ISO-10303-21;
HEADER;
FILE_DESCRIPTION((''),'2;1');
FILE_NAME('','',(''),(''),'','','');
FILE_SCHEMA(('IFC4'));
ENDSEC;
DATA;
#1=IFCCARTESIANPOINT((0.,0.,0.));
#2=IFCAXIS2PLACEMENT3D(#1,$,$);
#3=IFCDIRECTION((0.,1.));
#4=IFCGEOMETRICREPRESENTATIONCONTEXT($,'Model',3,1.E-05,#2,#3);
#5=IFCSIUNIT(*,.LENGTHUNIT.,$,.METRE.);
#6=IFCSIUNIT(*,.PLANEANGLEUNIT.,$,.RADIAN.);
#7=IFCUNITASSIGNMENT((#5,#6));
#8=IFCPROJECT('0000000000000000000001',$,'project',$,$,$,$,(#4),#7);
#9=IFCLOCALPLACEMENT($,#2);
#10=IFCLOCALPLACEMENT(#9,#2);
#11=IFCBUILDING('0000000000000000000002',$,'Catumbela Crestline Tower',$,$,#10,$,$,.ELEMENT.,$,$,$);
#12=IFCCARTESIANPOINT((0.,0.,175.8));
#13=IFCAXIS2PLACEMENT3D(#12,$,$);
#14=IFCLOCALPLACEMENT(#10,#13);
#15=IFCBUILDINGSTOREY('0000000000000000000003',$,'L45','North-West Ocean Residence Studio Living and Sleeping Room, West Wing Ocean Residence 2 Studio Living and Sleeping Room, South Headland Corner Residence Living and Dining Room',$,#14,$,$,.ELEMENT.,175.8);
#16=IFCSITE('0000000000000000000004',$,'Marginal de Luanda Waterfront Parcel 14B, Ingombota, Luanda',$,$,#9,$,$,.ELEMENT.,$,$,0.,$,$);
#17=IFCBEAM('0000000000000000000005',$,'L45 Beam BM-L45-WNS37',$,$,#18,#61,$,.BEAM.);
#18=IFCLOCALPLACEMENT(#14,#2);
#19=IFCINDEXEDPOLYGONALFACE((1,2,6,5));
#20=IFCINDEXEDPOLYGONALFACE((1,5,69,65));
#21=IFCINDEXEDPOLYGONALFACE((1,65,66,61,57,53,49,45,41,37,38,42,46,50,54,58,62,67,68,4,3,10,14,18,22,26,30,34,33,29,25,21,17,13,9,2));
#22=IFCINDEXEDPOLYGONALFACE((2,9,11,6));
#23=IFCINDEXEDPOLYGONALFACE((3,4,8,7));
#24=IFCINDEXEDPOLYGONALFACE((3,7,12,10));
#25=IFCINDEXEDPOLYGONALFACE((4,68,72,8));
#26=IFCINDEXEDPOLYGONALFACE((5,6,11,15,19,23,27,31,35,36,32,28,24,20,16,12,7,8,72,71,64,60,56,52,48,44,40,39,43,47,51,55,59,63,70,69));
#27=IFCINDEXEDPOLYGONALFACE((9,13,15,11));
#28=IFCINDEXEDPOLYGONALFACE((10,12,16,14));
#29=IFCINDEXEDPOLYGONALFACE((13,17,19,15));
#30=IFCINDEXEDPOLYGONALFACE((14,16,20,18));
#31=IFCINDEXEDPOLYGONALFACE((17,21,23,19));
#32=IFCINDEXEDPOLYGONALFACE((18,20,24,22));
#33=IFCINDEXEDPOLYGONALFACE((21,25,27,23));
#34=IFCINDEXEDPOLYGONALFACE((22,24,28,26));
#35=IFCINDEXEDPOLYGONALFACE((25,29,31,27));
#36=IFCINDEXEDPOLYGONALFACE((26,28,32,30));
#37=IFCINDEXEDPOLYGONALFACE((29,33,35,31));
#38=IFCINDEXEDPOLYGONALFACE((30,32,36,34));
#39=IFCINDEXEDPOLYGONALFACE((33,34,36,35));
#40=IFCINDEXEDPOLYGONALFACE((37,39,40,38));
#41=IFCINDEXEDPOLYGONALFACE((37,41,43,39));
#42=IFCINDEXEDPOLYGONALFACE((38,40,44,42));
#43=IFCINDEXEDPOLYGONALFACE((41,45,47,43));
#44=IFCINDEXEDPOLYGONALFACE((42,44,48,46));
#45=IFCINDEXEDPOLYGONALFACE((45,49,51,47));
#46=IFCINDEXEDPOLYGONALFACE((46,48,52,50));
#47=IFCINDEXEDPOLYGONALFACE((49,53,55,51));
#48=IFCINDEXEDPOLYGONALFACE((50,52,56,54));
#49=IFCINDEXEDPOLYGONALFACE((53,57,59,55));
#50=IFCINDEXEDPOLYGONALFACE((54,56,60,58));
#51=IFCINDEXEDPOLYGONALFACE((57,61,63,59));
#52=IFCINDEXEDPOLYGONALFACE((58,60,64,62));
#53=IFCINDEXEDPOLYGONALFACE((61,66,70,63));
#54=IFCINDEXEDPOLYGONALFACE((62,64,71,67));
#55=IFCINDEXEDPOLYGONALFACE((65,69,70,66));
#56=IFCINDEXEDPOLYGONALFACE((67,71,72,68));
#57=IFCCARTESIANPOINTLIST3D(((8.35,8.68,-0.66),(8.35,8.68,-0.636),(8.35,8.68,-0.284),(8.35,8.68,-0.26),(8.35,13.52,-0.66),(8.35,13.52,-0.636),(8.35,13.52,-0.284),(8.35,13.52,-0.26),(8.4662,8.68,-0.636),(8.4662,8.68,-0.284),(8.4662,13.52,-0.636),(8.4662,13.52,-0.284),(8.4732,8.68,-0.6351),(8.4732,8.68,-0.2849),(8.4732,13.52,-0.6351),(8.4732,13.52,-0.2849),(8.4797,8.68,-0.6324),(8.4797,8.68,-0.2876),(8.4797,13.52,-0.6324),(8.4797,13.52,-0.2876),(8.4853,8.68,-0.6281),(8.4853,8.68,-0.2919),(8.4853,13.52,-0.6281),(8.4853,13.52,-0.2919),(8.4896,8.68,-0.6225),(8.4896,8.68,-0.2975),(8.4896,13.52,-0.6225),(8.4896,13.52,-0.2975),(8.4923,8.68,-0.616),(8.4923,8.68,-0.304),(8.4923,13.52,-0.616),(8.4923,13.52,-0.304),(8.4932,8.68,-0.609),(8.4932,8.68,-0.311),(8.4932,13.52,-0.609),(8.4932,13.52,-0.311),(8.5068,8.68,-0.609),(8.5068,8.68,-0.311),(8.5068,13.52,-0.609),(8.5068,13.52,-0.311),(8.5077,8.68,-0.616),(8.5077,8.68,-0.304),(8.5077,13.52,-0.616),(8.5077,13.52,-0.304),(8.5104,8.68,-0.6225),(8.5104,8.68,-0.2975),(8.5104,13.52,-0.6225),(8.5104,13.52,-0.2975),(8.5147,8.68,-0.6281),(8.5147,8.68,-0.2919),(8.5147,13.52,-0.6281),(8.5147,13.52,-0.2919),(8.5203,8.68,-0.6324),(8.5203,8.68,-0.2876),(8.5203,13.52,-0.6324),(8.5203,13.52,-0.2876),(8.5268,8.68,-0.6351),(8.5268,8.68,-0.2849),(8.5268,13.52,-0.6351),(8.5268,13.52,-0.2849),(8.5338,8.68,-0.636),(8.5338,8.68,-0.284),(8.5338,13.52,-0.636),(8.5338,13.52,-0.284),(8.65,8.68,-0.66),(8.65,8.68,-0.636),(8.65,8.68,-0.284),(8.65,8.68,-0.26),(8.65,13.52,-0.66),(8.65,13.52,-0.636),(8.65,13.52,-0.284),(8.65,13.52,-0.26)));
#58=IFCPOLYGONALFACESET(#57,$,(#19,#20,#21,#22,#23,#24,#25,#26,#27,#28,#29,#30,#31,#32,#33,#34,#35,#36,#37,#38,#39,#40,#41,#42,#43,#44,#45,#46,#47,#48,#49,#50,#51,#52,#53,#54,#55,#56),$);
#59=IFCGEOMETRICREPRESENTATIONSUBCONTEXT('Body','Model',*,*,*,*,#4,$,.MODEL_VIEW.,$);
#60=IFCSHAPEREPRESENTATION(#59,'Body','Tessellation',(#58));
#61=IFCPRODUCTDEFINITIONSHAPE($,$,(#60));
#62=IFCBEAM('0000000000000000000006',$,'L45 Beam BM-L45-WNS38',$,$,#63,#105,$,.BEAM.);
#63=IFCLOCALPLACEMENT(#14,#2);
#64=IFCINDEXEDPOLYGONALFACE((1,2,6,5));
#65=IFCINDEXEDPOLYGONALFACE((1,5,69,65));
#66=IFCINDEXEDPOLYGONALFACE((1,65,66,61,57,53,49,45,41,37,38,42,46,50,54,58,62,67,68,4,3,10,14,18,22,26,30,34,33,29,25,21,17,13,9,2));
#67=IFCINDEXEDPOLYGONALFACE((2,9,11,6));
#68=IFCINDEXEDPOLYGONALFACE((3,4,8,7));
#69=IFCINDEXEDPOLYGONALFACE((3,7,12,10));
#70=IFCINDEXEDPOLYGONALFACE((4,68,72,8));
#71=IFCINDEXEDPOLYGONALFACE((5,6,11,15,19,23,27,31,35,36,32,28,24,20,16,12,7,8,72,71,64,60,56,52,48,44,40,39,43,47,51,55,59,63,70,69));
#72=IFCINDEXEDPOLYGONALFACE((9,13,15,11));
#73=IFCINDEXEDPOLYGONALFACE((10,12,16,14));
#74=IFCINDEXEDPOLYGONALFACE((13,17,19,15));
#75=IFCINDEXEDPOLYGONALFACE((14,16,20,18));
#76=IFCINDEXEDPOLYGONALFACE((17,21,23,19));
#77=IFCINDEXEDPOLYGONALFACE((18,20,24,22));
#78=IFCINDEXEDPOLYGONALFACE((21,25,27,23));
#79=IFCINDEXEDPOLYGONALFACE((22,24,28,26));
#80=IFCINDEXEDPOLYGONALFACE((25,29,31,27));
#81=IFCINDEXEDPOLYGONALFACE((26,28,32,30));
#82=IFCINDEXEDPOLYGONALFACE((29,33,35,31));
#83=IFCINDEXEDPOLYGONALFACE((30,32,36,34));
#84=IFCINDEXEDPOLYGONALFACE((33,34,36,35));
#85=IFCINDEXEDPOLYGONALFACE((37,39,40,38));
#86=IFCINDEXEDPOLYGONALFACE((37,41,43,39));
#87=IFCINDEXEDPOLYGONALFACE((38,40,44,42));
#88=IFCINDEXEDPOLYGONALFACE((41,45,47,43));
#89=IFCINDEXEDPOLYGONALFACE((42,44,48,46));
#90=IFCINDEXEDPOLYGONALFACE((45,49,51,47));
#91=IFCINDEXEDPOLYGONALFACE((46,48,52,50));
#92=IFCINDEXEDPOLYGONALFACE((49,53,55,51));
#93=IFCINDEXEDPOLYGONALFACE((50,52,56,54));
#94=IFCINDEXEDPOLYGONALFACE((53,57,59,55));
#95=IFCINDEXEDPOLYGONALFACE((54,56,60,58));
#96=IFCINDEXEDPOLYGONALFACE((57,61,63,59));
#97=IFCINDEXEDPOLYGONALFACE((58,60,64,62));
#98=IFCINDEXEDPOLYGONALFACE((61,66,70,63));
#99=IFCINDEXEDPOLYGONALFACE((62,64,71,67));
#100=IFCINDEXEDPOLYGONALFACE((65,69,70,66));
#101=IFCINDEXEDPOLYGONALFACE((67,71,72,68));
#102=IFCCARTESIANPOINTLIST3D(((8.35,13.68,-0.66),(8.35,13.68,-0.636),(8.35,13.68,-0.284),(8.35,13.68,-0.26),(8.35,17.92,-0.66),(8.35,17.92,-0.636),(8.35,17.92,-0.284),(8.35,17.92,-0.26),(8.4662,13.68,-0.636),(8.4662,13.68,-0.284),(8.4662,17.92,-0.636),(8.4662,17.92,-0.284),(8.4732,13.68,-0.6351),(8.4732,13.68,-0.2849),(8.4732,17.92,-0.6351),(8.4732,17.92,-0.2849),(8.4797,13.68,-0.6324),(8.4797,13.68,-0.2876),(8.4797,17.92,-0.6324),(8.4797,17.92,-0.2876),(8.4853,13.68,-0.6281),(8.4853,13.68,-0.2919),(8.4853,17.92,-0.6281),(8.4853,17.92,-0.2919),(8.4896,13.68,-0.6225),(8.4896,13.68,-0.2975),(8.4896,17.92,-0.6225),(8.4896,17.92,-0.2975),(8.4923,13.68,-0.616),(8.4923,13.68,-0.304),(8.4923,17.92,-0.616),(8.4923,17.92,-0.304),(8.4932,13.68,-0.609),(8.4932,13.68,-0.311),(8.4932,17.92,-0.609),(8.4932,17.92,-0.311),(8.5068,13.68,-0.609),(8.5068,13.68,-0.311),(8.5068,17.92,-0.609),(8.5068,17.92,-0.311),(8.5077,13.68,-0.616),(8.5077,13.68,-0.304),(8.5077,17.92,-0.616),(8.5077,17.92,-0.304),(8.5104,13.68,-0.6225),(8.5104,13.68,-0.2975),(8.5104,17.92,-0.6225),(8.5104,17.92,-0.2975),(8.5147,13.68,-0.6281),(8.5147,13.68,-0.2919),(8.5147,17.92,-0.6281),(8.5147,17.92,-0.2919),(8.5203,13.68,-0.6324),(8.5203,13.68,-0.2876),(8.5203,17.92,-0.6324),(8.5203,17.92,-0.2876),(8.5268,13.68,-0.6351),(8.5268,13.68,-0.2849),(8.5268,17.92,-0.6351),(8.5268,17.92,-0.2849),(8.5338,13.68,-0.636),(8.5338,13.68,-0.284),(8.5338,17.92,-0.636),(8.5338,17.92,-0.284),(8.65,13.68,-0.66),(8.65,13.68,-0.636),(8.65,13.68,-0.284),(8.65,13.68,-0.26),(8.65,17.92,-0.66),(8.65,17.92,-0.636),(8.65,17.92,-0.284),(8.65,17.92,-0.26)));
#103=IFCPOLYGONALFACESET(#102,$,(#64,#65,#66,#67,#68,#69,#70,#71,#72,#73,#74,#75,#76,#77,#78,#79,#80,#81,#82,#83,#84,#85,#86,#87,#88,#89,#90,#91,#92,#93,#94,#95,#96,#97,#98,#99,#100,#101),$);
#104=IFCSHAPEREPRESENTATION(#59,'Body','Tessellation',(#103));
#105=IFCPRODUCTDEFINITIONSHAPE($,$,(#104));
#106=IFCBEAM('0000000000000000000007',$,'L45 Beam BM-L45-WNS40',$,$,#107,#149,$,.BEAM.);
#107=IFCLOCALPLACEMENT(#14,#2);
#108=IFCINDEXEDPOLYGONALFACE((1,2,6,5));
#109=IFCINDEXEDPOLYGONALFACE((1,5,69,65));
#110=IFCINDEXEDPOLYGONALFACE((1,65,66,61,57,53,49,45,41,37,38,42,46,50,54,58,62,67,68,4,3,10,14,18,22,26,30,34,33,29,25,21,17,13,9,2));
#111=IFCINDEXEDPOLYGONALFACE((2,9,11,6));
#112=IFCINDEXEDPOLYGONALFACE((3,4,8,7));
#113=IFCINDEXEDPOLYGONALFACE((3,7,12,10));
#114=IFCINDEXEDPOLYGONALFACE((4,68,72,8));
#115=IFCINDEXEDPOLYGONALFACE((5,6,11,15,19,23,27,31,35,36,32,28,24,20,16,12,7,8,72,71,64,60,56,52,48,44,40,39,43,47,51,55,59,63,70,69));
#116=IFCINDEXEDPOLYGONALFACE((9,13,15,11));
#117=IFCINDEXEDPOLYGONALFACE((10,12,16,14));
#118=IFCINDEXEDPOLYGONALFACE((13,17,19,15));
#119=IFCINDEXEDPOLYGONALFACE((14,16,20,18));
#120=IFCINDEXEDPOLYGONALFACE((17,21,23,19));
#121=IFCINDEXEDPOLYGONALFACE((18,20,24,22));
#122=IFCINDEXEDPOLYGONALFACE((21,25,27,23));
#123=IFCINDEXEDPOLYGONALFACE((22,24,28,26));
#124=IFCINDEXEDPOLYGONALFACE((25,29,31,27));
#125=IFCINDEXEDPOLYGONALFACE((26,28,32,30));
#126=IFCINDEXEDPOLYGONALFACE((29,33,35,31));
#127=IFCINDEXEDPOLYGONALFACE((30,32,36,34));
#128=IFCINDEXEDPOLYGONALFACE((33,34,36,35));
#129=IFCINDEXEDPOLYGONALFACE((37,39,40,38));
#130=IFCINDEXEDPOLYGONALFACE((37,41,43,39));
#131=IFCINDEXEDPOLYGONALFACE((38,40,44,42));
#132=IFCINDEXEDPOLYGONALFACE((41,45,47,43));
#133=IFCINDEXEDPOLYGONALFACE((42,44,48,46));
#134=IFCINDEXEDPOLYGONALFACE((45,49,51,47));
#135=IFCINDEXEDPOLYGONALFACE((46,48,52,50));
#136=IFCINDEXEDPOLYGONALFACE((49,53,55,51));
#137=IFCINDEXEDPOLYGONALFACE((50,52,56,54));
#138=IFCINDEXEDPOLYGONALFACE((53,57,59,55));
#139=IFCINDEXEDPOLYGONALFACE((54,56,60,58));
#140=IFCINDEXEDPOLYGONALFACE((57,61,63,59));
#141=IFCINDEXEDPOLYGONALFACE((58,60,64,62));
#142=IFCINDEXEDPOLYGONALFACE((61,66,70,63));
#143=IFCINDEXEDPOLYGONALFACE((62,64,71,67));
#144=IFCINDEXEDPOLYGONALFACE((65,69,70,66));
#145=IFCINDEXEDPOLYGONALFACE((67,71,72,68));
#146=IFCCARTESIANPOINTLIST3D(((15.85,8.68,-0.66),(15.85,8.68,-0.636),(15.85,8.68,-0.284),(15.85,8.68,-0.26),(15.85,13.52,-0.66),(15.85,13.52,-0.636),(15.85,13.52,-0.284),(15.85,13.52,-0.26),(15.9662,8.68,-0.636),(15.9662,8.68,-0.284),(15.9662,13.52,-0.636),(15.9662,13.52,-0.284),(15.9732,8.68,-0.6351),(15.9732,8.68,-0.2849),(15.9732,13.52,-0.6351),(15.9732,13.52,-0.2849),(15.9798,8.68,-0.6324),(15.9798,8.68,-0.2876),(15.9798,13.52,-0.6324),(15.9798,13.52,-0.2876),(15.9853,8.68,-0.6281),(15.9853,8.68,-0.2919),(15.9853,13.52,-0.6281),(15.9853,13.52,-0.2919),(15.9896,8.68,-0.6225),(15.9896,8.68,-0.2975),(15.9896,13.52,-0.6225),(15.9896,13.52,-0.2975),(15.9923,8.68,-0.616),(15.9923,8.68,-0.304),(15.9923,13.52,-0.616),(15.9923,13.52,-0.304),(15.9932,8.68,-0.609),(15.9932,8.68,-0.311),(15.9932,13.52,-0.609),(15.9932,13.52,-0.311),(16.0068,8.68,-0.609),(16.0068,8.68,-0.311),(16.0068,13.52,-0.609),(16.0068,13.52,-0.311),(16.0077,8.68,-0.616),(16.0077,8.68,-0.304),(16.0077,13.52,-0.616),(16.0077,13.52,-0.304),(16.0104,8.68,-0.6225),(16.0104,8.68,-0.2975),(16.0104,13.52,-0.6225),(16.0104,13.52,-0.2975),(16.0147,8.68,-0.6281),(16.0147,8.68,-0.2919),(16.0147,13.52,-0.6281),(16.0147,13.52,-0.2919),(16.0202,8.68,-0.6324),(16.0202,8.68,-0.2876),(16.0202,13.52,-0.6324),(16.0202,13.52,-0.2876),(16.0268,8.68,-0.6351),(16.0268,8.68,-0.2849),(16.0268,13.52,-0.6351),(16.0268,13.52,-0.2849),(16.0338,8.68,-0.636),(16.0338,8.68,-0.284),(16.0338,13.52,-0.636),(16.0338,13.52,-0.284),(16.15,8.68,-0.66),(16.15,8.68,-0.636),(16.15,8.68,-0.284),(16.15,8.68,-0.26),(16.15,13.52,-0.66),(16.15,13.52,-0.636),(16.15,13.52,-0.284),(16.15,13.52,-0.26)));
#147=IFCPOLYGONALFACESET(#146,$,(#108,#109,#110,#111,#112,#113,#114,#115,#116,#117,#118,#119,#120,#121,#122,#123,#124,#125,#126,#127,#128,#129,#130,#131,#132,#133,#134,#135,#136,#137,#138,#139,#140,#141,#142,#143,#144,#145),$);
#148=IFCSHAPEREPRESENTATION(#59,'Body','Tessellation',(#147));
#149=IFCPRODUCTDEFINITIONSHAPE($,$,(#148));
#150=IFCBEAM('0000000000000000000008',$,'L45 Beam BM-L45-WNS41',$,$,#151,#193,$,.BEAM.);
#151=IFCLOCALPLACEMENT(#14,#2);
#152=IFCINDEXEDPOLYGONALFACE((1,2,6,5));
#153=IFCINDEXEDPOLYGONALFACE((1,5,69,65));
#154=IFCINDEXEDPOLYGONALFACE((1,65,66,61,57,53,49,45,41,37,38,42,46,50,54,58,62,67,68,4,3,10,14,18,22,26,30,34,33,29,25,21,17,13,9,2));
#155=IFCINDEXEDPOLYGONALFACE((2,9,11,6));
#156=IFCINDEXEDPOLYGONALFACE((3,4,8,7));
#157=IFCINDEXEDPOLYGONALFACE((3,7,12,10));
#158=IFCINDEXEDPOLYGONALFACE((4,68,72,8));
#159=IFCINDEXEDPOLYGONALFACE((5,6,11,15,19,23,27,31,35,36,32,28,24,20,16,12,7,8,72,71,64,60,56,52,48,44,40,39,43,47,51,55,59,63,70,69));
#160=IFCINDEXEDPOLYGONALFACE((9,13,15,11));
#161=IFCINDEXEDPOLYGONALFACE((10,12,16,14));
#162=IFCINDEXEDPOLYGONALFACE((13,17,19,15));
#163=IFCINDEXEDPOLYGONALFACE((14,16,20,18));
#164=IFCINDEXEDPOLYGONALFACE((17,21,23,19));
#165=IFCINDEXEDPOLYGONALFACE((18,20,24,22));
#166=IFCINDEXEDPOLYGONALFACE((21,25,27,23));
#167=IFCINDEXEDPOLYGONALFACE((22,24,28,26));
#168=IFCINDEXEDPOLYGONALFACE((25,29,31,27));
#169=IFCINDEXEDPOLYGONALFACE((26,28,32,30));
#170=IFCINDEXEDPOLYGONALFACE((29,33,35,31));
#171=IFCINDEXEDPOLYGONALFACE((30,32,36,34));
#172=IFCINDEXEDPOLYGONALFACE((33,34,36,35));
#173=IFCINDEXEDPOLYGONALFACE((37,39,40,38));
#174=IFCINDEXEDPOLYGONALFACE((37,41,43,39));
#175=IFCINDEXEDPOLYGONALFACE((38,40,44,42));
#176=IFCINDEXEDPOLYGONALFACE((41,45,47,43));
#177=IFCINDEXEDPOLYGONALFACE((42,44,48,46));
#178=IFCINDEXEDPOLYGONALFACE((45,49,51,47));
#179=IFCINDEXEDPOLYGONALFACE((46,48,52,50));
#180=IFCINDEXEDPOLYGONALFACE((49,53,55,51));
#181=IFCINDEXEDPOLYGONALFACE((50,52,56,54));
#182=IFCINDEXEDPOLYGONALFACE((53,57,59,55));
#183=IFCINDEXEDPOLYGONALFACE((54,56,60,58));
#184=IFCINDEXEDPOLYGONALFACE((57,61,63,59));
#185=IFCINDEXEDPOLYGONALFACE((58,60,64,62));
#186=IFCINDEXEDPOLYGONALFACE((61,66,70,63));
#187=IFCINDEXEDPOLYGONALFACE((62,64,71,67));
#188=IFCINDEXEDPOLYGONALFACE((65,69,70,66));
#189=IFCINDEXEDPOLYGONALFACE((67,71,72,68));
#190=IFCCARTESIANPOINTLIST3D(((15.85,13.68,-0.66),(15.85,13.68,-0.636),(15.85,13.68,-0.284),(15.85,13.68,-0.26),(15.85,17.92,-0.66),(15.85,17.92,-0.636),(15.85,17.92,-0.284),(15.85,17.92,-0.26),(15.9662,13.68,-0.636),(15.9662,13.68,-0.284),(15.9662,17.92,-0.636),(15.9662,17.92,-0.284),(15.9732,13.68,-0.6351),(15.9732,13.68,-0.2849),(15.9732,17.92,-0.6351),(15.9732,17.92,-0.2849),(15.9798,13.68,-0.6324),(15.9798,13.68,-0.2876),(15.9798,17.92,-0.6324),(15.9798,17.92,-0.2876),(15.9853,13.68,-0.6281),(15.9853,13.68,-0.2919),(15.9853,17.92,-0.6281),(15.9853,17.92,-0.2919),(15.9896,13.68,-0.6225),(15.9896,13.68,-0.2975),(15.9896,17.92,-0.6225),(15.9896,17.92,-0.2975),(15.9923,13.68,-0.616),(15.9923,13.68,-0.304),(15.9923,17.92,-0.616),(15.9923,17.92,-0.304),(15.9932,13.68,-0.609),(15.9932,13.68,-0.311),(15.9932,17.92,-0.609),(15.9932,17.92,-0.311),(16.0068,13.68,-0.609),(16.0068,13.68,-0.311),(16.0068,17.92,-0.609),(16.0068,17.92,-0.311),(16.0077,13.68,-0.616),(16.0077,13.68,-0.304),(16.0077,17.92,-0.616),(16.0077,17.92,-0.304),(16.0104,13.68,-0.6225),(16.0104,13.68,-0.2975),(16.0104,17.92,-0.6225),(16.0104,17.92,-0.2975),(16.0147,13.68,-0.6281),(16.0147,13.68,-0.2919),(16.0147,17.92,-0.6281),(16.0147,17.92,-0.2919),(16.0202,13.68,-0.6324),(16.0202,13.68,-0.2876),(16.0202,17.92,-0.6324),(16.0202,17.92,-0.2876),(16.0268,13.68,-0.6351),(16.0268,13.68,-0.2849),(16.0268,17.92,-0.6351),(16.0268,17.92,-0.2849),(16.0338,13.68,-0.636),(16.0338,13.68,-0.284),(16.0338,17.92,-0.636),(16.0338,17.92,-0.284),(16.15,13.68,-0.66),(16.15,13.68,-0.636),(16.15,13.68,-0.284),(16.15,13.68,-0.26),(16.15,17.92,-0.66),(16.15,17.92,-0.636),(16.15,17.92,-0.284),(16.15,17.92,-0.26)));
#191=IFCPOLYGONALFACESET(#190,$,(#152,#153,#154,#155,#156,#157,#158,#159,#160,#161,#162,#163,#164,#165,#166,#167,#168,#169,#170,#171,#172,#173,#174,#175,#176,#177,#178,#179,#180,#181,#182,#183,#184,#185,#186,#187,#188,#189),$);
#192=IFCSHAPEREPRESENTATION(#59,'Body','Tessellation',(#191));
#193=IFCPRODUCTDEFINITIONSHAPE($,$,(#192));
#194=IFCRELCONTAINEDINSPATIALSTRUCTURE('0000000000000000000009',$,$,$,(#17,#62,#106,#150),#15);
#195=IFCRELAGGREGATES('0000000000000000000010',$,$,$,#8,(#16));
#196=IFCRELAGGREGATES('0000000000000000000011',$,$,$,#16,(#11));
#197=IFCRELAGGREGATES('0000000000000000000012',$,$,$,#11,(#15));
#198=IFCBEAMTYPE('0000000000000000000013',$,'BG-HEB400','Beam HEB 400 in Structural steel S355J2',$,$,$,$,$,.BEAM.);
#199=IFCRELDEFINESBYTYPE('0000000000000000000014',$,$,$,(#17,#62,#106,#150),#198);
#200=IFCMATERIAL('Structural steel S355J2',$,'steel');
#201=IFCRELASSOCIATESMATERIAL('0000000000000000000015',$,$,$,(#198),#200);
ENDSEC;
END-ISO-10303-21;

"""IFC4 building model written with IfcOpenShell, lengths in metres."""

from ifc_helpers import new_model, si_unit, direction, frame, origin, origin_2d, place, context, subcontext, project, spatial, i_section, extrude, material, material_profile, profile_set, type_object, element, save


model = new_model("IFC4")

# Units and contexts
model_context = context("Model", 3, precision=1e-05, world=origin(), true_north=direction((0.0, 1.0)))
body_context = subcontext(model_context, "Body", "Model", "MODEL_VIEW")
ifc_project = project(units=[si_unit("LENGTHUNIT", "METRE"), si_unit("PLANEANGLEUNIT", "RADIAN")], contexts=[model_context])

# Site, building, storey
site_placement = place(None, origin())
site = spatial("IfcSite", under=ifc_project, at=site_placement, Name="Marginal de Luanda Waterfront Parcel 14B, Ingombota, Luanda", CompositionType="ELEMENT", RefElevation=0.0)
building_placement = place(site_placement, origin())
building = spatial("IfcBuilding", under=site, at=building_placement, Name="Catumbela Crestline Tower", CompositionType="ELEMENT")
storey_placement = place(building_placement, frame((0.0, 0.0, 175.8)))
storey = spatial("IfcBuildingStorey", under=building, at=storey_placement, Name="L45", Description="North-West Ocean Residence Studio Living and Sleeping Room, West Wing Ocean Residence 2 Studio Living and Sleeping Room, South Headland Corner Residence Living and Dining Room", CompositionType="ELEMENT", Elevation=175.8)

# Shared definitions
ifc_material_1 = material(Name="Structural steel S355J2", Category="steel")

# Beams
ifc_material_profile_1 = material_profile(ifc_material_1, i_section(OverallWidth=0.3, OverallDepth=0.4, WebThickness=0.0135, FlangeThickness=0.024, FilletRadius=0.027, at=origin_2d()), Name="HEB 400")
ifc_profile_set_1 = profile_set([ifc_material_profile_1], Name="Structural steel S355J2")
beam_type_1 = type_object("IfcBeamType", Name="BG-HEB400", Description="Beam HEB 400 in Structural steel S355J2", PredefinedType="BEAM", material=ifc_profile_set_1)
beam_1_placement = place(storey_placement, frame((8.5, 8.68, -0.46), z_axis=(0.0, 1.0, 0.0), x_axis=(-1.0, 0.0, 0.0)))
element("IfcBeam", 1, at=beam_1_placement, inside=storey, type_object=beam_type_1, Name="L45 Beam BM-L45-WNS37", PredefinedType="BEAM", context=body_context, shape_type="SweptSolid", body=[
    extrude(i_section(OverallWidth=0.3, OverallDepth=0.4, WebThickness=0.0135, FlangeThickness=0.024, FilletRadius=0.027, at=origin_2d()), origin(), (0.0, 0.0, 1.0), 4.84),
])
beam_2_placement = place(storey_placement, frame((8.5, 13.68, -0.46), z_axis=(0.0, 1.0, 0.0), x_axis=(-1.0, 0.0, 0.0)))
element("IfcBeam", 2, at=beam_2_placement, inside=storey, type_object=beam_type_1, Name="L45 Beam BM-L45-WNS38", PredefinedType="BEAM", context=body_context, shape_type="SweptSolid", body=[
    extrude(i_section(OverallWidth=0.3, OverallDepth=0.4, WebThickness=0.0135, FlangeThickness=0.024, FilletRadius=0.027, at=origin_2d()), origin(), (0.0, 0.0, 1.0), 4.24),
])
beam_3_placement = place(storey_placement, frame((16.0, 8.68, -0.46), z_axis=(0.0, 1.0, 0.0), x_axis=(-1.0, 0.0, 0.0)))
element("IfcBeam", 3, at=beam_3_placement, inside=storey, type_object=beam_type_1, Name="L45 Beam BM-L45-WNS40", PredefinedType="BEAM", context=body_context, shape_type="SweptSolid", body=[
    extrude(i_section(OverallWidth=0.3, OverallDepth=0.4, WebThickness=0.0135, FlangeThickness=0.024, FilletRadius=0.027, at=origin_2d()), origin(), (0.0, 0.0, 1.0), 4.84),
])
beam_4_placement = place(storey_placement, frame((16.0, 13.68, -0.46), z_axis=(0.0, 1.0, 0.0), x_axis=(-1.0, 0.0, 0.0)))
element("IfcBeam", 4, at=beam_4_placement, inside=storey, type_object=beam_type_1, Name="L45 Beam BM-L45-WNS41", PredefinedType="BEAM", context=body_context, shape_type="SweptSolid", body=[
    extrude(i_section(OverallWidth=0.3, OverallDepth=0.4, WebThickness=0.0135, FlangeThickness=0.024, FilletRadius=0.027, at=origin_2d()), origin(), (0.0, 0.0, 1.0), 4.24),
])

save(model, "model.ifc")
